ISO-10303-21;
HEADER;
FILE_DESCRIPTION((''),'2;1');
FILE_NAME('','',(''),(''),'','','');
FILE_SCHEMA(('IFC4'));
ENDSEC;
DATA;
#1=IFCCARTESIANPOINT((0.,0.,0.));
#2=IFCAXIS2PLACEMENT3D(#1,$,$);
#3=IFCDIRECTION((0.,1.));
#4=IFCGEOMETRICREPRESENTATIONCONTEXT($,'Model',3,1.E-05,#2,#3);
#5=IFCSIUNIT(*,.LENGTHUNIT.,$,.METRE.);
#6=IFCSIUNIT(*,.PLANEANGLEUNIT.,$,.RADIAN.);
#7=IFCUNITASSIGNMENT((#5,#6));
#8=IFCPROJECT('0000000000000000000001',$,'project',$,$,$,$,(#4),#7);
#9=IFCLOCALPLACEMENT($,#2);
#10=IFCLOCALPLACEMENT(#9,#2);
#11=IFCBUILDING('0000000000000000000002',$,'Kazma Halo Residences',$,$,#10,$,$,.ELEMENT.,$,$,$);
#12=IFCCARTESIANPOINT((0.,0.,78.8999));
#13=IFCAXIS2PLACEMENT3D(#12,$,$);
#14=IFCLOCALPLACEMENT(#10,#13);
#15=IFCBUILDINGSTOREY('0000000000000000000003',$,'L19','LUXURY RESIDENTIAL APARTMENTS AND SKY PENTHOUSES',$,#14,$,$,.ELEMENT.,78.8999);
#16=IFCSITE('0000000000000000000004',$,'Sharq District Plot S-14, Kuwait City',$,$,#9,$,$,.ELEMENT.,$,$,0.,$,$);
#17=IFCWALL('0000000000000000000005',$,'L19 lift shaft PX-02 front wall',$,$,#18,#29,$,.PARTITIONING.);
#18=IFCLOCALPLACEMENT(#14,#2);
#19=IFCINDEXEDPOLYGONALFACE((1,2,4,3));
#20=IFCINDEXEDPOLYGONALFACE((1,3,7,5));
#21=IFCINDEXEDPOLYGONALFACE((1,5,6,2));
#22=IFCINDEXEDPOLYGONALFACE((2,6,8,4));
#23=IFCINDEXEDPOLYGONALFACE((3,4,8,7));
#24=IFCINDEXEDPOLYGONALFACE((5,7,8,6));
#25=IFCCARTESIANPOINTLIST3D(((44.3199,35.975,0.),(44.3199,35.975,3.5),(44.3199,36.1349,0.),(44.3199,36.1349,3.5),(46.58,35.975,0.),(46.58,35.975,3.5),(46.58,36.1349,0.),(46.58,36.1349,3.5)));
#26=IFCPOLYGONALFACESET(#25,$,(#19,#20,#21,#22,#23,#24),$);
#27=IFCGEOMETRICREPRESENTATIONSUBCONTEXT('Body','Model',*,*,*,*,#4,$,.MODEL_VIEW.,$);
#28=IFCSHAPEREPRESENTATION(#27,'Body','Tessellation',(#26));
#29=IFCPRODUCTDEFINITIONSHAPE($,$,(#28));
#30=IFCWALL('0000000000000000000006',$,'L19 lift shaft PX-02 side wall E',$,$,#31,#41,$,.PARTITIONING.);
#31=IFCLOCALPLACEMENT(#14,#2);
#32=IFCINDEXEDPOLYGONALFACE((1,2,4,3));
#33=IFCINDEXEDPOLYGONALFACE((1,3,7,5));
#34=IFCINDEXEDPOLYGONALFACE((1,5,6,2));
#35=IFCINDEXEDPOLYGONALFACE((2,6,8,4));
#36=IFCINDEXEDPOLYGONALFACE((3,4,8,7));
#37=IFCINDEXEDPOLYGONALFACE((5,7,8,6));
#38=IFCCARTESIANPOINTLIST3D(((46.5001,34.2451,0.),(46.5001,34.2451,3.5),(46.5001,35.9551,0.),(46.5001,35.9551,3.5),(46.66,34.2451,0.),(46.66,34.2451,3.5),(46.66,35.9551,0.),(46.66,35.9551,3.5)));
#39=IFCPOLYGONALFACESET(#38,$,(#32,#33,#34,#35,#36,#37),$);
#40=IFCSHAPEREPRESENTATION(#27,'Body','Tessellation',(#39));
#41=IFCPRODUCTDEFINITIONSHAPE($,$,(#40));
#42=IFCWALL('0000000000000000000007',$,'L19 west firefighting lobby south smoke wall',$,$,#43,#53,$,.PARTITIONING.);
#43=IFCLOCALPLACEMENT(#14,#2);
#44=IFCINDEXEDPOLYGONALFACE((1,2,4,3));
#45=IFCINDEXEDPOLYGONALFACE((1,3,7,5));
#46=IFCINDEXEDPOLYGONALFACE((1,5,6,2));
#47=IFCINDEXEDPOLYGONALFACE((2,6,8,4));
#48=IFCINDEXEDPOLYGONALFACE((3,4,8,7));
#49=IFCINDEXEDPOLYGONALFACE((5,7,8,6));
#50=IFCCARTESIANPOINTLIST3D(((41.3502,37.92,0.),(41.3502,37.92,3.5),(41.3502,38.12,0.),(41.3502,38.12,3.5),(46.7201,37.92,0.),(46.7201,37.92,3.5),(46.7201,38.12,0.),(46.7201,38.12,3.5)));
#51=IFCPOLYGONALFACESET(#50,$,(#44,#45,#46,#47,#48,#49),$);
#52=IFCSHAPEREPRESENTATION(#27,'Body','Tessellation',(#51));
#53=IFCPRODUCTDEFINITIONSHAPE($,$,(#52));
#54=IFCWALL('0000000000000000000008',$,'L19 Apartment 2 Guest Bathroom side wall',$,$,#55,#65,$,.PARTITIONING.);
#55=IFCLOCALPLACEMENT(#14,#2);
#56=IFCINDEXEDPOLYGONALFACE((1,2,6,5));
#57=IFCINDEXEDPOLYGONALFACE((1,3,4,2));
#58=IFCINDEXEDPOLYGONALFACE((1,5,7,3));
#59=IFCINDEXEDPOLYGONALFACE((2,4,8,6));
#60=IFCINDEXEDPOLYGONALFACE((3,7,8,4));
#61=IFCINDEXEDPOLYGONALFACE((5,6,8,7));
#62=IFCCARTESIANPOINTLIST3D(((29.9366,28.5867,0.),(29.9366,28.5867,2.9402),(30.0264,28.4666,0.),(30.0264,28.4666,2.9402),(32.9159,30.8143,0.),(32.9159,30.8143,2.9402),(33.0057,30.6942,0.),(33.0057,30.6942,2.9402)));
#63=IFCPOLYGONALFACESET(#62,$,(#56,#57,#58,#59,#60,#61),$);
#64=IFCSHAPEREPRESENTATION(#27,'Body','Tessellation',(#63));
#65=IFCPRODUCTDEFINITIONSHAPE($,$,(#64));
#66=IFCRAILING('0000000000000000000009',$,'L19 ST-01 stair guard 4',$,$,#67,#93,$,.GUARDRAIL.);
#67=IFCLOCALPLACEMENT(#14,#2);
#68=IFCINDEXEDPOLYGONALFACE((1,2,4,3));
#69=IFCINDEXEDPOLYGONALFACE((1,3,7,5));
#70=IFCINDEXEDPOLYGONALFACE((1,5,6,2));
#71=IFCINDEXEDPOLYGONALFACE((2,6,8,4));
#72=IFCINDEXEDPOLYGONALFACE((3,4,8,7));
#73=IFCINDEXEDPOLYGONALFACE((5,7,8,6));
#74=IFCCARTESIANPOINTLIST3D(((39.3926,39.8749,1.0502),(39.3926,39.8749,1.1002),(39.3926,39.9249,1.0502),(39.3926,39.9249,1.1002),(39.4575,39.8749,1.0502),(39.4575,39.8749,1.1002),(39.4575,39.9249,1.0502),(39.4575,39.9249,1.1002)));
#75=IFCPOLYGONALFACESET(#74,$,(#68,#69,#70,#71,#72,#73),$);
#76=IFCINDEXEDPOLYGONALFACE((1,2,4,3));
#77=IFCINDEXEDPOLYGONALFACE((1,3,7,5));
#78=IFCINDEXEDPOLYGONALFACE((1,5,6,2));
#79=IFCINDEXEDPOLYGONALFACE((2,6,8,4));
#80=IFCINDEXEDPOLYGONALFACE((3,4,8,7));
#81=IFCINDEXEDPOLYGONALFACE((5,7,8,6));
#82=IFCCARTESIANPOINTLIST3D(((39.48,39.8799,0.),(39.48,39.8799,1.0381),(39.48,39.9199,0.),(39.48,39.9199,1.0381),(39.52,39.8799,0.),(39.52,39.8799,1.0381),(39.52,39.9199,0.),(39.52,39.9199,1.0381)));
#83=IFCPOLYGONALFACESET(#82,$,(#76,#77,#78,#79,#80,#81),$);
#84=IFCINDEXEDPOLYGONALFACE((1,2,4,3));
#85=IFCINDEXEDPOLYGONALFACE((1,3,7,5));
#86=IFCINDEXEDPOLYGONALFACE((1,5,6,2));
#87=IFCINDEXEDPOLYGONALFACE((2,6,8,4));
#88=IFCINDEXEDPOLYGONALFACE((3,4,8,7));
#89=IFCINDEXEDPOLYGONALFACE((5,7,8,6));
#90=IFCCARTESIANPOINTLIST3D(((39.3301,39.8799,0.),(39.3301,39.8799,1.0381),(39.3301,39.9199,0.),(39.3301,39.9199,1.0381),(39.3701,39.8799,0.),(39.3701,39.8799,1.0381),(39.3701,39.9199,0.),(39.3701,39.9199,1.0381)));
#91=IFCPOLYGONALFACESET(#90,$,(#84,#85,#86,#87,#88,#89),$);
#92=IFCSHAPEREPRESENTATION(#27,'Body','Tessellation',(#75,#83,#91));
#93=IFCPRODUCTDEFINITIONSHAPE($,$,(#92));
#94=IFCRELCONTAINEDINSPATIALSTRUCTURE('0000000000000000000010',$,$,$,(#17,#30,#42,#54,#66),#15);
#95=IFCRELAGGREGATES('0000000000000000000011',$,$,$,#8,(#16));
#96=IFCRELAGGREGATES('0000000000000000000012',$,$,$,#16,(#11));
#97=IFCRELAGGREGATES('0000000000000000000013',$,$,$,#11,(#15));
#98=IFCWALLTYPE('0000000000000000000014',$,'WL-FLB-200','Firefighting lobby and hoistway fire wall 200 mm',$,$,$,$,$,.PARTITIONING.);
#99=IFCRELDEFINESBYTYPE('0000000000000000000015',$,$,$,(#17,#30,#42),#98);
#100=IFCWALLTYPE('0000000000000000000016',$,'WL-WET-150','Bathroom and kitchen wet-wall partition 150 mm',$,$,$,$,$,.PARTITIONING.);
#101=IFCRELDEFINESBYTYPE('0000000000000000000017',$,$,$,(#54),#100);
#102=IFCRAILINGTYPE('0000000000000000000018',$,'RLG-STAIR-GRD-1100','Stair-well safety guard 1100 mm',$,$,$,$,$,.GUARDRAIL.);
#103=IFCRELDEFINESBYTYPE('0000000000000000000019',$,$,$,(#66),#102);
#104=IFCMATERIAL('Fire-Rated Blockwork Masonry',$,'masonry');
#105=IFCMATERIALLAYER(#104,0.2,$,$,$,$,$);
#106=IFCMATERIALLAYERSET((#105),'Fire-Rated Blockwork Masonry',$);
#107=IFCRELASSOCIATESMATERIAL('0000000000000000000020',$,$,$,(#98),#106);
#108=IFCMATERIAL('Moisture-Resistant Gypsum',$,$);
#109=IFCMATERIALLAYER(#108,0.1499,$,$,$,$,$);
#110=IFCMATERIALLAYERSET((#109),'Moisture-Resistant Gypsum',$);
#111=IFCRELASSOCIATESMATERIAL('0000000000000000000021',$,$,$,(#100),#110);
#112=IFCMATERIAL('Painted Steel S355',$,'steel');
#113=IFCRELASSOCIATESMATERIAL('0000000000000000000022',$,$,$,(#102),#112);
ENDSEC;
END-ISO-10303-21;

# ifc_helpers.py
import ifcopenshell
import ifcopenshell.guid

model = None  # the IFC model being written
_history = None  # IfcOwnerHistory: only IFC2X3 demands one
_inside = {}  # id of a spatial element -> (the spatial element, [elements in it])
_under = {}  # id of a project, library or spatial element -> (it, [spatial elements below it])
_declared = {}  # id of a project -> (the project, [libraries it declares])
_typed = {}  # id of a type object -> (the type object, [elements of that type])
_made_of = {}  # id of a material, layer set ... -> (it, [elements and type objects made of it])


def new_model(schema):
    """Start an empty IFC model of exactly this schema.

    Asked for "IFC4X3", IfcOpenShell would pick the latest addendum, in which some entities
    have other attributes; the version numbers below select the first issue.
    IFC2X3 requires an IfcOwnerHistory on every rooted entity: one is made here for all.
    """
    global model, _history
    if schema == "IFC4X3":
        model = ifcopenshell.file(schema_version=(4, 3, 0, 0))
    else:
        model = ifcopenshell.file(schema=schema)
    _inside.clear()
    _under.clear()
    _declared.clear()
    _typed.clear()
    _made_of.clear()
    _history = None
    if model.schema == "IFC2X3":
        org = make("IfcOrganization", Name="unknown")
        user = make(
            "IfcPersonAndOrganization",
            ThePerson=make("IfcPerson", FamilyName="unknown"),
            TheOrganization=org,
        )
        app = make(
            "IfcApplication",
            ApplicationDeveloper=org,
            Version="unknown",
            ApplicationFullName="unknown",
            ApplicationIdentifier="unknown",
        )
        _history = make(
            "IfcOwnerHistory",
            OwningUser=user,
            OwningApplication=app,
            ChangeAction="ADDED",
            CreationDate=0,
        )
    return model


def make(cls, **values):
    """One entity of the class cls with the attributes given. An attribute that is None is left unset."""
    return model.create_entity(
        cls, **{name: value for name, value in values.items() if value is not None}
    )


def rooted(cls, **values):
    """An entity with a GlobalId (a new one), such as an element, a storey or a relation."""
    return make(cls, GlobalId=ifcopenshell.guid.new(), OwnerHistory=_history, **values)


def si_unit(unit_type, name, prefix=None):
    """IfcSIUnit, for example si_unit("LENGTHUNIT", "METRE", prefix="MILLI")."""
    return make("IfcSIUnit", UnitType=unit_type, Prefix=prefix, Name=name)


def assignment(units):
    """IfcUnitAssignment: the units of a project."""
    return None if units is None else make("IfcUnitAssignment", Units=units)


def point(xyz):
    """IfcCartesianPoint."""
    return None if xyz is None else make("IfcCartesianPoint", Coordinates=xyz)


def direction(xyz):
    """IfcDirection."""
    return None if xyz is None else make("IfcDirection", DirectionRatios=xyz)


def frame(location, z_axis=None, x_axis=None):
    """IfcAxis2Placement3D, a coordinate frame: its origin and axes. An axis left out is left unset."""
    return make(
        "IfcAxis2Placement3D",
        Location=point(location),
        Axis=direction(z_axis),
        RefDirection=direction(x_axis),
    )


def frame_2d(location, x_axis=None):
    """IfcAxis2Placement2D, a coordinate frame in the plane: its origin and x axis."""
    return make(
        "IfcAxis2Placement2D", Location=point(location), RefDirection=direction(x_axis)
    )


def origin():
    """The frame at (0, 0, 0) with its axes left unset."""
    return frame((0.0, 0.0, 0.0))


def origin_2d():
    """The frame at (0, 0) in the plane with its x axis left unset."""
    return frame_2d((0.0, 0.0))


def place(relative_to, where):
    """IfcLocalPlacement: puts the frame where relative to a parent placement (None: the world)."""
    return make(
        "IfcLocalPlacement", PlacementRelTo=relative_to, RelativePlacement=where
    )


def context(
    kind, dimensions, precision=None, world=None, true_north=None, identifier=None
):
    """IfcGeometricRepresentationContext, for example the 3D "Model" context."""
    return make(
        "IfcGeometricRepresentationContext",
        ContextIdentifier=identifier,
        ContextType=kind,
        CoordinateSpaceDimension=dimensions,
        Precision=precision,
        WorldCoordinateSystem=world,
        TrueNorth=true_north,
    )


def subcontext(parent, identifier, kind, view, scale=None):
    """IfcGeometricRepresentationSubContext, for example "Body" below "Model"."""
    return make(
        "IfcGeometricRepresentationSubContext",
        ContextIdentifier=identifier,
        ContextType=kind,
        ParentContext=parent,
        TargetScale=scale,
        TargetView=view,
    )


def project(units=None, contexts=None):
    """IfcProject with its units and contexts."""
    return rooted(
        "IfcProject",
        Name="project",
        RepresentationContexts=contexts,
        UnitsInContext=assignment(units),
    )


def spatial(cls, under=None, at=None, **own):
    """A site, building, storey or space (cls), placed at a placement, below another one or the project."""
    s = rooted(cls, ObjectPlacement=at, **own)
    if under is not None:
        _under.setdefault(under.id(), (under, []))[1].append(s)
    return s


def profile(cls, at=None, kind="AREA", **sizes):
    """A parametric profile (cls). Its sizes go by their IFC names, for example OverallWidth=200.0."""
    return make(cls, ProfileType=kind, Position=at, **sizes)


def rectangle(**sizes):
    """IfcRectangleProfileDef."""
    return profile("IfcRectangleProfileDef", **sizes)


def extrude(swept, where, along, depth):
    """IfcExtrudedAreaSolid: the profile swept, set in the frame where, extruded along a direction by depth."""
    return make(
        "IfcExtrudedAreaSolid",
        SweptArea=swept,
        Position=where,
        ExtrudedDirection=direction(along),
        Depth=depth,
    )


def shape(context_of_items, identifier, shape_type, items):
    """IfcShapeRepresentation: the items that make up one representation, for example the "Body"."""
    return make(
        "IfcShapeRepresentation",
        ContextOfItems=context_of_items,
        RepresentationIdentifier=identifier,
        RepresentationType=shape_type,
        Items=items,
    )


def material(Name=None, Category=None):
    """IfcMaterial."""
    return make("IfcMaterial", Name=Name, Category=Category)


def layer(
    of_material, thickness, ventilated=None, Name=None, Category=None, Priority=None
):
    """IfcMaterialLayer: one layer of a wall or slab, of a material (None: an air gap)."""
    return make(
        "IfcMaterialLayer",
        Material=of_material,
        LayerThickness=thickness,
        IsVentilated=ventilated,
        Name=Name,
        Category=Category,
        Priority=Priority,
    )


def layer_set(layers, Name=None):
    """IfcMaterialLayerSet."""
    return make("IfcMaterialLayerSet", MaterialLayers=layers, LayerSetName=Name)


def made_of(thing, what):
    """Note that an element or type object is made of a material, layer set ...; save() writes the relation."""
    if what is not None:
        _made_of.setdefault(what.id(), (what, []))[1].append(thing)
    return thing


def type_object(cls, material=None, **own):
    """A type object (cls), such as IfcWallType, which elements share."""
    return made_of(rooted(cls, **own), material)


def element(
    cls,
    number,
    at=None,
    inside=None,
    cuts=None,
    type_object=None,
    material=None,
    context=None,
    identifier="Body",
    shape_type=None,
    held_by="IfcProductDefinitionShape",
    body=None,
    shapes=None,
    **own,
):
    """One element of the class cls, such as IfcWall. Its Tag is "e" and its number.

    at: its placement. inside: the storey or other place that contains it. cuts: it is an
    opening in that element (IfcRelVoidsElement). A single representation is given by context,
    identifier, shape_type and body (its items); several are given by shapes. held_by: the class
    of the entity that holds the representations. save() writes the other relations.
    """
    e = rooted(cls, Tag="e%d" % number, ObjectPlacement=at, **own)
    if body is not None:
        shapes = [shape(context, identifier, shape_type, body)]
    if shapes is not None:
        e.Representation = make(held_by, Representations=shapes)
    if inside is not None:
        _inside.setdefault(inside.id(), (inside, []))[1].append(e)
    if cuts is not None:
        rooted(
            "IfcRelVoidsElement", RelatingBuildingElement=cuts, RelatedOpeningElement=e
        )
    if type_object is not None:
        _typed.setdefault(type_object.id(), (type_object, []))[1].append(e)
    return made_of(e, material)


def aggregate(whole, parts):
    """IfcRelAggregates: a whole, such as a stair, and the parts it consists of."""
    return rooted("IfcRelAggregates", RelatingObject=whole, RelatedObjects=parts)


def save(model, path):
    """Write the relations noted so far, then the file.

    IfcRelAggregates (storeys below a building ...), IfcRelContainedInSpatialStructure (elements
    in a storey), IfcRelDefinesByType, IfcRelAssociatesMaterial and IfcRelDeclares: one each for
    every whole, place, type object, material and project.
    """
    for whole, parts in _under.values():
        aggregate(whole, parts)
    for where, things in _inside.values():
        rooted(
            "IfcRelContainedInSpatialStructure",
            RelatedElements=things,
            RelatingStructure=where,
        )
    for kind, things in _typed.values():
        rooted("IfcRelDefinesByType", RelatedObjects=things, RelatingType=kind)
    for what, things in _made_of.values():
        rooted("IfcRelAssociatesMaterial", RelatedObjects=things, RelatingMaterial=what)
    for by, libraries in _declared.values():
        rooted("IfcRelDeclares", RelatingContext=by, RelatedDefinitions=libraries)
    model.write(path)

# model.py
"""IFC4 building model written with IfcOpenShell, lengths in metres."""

from ifc_helpers import new_model, si_unit, direction, frame, frame_2d, origin, origin_2d, place, context, subcontext, project, spatial, rectangle, extrude, material, layer, layer_set, type_object, element, save


model = new_model("IFC4")

# Units and contexts
model_context = context("Model", 3, precision=1e-05, world=origin(), true_north=direction((0.0, 1.0)))
body_context = subcontext(model_context, "Body", "Model", "MODEL_VIEW")
ifc_project = project(units=[si_unit("LENGTHUNIT", "METRE"), si_unit("PLANEANGLEUNIT", "RADIAN")], contexts=[model_context])

# Site, building, storey
site_placement = place(None, origin())
site = spatial("IfcSite", under=ifc_project, at=site_placement, Name="Sharq District Plot S-14, Kuwait City", CompositionType="ELEMENT", RefElevation=0.0)
building_placement = place(site_placement, origin())
building = spatial("IfcBuilding", under=site, at=building_placement, Name="Kazma Halo Residences", CompositionType="ELEMENT")
storey_placement = place(building_placement, frame((0.0, 0.0, 78.8999)))
storey = spatial("IfcBuildingStorey", under=building, at=storey_placement, Name="L19", Description="LUXURY RESIDENTIAL APARTMENTS AND SKY PENTHOUSES", CompositionType="ELEMENT", Elevation=78.8999)

# Shared definitions
ifc_material_1 = material(Name="Fire-Rated Blockwork Masonry", Category="masonry")
ifc_layer_1 = layer(ifc_material_1, 0.2)
ifc_layer_set_1 = layer_set([ifc_layer_1], Name="Fire-Rated Blockwork Masonry")
wall_type_1 = type_object("IfcWallType", Name="WL-FLB-200", Description="Firefighting lobby and hoistway fire wall 200 mm", PredefinedType="PARTITIONING", material=ifc_layer_set_1)

# Walls
wall_1_placement = place(storey_placement, frame((44.3201, 36.0549, 0.0), z_axis=(0.0, 0.0, 1.0), x_axis=(1.0, 0.0, 0.0)))
element("IfcWall", 1, at=wall_1_placement, inside=storey, type_object=wall_type_1, Name="L19 lift shaft PX-02 front wall", PredefinedType="PARTITIONING", context=body_context, shape_type="SweptSolid", body=[
    extrude(rectangle(XDim=2.26, YDim=0.1599, at=frame_2d((1.1299, 0.0))), origin(), (0.0, 0.0, 1.0), 3.5),
])
wall_2_placement = place(storey_placement, frame((46.5801, 34.2451, 0.0), z_axis=(0.0, 0.0, 1.0), x_axis=(0.0, 1.0, 0.0)))
element("IfcWall", 2, at=wall_2_placement, inside=storey, type_object=wall_type_1, Name="L19 lift shaft PX-02 side wall E", PredefinedType="PARTITIONING", context=body_context, shape_type="SweptSolid", body=[
    extrude(rectangle(XDim=1.71, YDim=0.1599, at=frame_2d((0.855, 0.0))), origin(), (0.0, 0.0, 1.0), 3.5),
])
wall_3_placement = place(storey_placement, frame((41.3501, 38.02, 0.0), z_axis=(0.0, 0.0, 1.0), x_axis=(1.0, 0.0, 0.0)))
element("IfcWall", 3, at=wall_3_placement, inside=storey, type_object=wall_type_1, Name="L19 west firefighting lobby south smoke wall", PredefinedType="PARTITIONING", context=body_context, shape_type="SweptSolid", body=[
    extrude(rectangle(XDim=5.3699, YDim=0.2, at=frame_2d((2.6851, 0.0))), origin(), (0.0, 0.0, 1.0), 3.5),
])

# Wall
ifc_material_2 = material(Name="Moisture-Resistant Gypsum")
ifc_layer_2 = layer(ifc_material_2, 0.1499)
ifc_layer_set_2 = layer_set([ifc_layer_2], Name="Moisture-Resistant Gypsum")
wall_type_2 = type_object("IfcWallType", Name="WL-WET-150", Description="Bathroom and kitchen wet-wall partition 150 mm", PredefinedType="PARTITIONING", material=ifc_layer_set_2)
wall_4_placement = place(storey_placement, frame((32.9607, 30.7542, 0.0), z_axis=(0.0, 0.0, 1.0), x_axis=(-0.800889, -0.598813, 0.0)))
element("IfcWall", 4, at=wall_4_placement, inside=storey, type_object=wall_type_2, Name="L19 Apartment 2 Guest Bathroom side wall", PredefinedType="PARTITIONING", context=body_context, shape_type="SweptSolid", body=[
    extrude(rectangle(XDim=3.72, YDim=0.1499, at=frame_2d((1.8599, 0.0))), origin(), (0.0, 0.0, 1.0), 2.9402),
])

# Railing
ifc_material_3 = material(Name="Painted Steel S355", Category="steel")
railing_type = type_object("IfcRailingType", Name="RLG-STAIR-GRD-1100", Description="Stair-well safety guard 1100 mm", PredefinedType="GUARDRAIL", material=ifc_material_3)
railing_placement = place(storey_placement, frame((39.5, 39.8999, 0.0)))
element("IfcRailing", 5, at=railing_placement, inside=storey, type_object=railing_type, Name="L19 ST-01 stair guard 4", PredefinedType="GUARDRAIL", context=body_context, shape_type="SweptSolid", body=[
    extrude(rectangle(XDim=0.05, YDim=0.05, at=origin_2d()), frame((-0.0425, 0.0, 1.0752), z_axis=(-1.0, 0.0, 0.0), x_axis=(0.0, -1.0, 0.0)), (0.0, 0.0, 1.0), 0.0649),
    extrude(rectangle(XDim=0.04, YDim=0.04, at=origin_2d()), origin(), (0.0, 0.0, 1.0), 1.0381),
    extrude(rectangle(XDim=0.04, YDim=0.04, at=origin_2d()), frame((-0.1499, 0.0, 0.0)), (0.0, 0.0, 1.0), 1.0381),
])

save(model, "model.ifc")
